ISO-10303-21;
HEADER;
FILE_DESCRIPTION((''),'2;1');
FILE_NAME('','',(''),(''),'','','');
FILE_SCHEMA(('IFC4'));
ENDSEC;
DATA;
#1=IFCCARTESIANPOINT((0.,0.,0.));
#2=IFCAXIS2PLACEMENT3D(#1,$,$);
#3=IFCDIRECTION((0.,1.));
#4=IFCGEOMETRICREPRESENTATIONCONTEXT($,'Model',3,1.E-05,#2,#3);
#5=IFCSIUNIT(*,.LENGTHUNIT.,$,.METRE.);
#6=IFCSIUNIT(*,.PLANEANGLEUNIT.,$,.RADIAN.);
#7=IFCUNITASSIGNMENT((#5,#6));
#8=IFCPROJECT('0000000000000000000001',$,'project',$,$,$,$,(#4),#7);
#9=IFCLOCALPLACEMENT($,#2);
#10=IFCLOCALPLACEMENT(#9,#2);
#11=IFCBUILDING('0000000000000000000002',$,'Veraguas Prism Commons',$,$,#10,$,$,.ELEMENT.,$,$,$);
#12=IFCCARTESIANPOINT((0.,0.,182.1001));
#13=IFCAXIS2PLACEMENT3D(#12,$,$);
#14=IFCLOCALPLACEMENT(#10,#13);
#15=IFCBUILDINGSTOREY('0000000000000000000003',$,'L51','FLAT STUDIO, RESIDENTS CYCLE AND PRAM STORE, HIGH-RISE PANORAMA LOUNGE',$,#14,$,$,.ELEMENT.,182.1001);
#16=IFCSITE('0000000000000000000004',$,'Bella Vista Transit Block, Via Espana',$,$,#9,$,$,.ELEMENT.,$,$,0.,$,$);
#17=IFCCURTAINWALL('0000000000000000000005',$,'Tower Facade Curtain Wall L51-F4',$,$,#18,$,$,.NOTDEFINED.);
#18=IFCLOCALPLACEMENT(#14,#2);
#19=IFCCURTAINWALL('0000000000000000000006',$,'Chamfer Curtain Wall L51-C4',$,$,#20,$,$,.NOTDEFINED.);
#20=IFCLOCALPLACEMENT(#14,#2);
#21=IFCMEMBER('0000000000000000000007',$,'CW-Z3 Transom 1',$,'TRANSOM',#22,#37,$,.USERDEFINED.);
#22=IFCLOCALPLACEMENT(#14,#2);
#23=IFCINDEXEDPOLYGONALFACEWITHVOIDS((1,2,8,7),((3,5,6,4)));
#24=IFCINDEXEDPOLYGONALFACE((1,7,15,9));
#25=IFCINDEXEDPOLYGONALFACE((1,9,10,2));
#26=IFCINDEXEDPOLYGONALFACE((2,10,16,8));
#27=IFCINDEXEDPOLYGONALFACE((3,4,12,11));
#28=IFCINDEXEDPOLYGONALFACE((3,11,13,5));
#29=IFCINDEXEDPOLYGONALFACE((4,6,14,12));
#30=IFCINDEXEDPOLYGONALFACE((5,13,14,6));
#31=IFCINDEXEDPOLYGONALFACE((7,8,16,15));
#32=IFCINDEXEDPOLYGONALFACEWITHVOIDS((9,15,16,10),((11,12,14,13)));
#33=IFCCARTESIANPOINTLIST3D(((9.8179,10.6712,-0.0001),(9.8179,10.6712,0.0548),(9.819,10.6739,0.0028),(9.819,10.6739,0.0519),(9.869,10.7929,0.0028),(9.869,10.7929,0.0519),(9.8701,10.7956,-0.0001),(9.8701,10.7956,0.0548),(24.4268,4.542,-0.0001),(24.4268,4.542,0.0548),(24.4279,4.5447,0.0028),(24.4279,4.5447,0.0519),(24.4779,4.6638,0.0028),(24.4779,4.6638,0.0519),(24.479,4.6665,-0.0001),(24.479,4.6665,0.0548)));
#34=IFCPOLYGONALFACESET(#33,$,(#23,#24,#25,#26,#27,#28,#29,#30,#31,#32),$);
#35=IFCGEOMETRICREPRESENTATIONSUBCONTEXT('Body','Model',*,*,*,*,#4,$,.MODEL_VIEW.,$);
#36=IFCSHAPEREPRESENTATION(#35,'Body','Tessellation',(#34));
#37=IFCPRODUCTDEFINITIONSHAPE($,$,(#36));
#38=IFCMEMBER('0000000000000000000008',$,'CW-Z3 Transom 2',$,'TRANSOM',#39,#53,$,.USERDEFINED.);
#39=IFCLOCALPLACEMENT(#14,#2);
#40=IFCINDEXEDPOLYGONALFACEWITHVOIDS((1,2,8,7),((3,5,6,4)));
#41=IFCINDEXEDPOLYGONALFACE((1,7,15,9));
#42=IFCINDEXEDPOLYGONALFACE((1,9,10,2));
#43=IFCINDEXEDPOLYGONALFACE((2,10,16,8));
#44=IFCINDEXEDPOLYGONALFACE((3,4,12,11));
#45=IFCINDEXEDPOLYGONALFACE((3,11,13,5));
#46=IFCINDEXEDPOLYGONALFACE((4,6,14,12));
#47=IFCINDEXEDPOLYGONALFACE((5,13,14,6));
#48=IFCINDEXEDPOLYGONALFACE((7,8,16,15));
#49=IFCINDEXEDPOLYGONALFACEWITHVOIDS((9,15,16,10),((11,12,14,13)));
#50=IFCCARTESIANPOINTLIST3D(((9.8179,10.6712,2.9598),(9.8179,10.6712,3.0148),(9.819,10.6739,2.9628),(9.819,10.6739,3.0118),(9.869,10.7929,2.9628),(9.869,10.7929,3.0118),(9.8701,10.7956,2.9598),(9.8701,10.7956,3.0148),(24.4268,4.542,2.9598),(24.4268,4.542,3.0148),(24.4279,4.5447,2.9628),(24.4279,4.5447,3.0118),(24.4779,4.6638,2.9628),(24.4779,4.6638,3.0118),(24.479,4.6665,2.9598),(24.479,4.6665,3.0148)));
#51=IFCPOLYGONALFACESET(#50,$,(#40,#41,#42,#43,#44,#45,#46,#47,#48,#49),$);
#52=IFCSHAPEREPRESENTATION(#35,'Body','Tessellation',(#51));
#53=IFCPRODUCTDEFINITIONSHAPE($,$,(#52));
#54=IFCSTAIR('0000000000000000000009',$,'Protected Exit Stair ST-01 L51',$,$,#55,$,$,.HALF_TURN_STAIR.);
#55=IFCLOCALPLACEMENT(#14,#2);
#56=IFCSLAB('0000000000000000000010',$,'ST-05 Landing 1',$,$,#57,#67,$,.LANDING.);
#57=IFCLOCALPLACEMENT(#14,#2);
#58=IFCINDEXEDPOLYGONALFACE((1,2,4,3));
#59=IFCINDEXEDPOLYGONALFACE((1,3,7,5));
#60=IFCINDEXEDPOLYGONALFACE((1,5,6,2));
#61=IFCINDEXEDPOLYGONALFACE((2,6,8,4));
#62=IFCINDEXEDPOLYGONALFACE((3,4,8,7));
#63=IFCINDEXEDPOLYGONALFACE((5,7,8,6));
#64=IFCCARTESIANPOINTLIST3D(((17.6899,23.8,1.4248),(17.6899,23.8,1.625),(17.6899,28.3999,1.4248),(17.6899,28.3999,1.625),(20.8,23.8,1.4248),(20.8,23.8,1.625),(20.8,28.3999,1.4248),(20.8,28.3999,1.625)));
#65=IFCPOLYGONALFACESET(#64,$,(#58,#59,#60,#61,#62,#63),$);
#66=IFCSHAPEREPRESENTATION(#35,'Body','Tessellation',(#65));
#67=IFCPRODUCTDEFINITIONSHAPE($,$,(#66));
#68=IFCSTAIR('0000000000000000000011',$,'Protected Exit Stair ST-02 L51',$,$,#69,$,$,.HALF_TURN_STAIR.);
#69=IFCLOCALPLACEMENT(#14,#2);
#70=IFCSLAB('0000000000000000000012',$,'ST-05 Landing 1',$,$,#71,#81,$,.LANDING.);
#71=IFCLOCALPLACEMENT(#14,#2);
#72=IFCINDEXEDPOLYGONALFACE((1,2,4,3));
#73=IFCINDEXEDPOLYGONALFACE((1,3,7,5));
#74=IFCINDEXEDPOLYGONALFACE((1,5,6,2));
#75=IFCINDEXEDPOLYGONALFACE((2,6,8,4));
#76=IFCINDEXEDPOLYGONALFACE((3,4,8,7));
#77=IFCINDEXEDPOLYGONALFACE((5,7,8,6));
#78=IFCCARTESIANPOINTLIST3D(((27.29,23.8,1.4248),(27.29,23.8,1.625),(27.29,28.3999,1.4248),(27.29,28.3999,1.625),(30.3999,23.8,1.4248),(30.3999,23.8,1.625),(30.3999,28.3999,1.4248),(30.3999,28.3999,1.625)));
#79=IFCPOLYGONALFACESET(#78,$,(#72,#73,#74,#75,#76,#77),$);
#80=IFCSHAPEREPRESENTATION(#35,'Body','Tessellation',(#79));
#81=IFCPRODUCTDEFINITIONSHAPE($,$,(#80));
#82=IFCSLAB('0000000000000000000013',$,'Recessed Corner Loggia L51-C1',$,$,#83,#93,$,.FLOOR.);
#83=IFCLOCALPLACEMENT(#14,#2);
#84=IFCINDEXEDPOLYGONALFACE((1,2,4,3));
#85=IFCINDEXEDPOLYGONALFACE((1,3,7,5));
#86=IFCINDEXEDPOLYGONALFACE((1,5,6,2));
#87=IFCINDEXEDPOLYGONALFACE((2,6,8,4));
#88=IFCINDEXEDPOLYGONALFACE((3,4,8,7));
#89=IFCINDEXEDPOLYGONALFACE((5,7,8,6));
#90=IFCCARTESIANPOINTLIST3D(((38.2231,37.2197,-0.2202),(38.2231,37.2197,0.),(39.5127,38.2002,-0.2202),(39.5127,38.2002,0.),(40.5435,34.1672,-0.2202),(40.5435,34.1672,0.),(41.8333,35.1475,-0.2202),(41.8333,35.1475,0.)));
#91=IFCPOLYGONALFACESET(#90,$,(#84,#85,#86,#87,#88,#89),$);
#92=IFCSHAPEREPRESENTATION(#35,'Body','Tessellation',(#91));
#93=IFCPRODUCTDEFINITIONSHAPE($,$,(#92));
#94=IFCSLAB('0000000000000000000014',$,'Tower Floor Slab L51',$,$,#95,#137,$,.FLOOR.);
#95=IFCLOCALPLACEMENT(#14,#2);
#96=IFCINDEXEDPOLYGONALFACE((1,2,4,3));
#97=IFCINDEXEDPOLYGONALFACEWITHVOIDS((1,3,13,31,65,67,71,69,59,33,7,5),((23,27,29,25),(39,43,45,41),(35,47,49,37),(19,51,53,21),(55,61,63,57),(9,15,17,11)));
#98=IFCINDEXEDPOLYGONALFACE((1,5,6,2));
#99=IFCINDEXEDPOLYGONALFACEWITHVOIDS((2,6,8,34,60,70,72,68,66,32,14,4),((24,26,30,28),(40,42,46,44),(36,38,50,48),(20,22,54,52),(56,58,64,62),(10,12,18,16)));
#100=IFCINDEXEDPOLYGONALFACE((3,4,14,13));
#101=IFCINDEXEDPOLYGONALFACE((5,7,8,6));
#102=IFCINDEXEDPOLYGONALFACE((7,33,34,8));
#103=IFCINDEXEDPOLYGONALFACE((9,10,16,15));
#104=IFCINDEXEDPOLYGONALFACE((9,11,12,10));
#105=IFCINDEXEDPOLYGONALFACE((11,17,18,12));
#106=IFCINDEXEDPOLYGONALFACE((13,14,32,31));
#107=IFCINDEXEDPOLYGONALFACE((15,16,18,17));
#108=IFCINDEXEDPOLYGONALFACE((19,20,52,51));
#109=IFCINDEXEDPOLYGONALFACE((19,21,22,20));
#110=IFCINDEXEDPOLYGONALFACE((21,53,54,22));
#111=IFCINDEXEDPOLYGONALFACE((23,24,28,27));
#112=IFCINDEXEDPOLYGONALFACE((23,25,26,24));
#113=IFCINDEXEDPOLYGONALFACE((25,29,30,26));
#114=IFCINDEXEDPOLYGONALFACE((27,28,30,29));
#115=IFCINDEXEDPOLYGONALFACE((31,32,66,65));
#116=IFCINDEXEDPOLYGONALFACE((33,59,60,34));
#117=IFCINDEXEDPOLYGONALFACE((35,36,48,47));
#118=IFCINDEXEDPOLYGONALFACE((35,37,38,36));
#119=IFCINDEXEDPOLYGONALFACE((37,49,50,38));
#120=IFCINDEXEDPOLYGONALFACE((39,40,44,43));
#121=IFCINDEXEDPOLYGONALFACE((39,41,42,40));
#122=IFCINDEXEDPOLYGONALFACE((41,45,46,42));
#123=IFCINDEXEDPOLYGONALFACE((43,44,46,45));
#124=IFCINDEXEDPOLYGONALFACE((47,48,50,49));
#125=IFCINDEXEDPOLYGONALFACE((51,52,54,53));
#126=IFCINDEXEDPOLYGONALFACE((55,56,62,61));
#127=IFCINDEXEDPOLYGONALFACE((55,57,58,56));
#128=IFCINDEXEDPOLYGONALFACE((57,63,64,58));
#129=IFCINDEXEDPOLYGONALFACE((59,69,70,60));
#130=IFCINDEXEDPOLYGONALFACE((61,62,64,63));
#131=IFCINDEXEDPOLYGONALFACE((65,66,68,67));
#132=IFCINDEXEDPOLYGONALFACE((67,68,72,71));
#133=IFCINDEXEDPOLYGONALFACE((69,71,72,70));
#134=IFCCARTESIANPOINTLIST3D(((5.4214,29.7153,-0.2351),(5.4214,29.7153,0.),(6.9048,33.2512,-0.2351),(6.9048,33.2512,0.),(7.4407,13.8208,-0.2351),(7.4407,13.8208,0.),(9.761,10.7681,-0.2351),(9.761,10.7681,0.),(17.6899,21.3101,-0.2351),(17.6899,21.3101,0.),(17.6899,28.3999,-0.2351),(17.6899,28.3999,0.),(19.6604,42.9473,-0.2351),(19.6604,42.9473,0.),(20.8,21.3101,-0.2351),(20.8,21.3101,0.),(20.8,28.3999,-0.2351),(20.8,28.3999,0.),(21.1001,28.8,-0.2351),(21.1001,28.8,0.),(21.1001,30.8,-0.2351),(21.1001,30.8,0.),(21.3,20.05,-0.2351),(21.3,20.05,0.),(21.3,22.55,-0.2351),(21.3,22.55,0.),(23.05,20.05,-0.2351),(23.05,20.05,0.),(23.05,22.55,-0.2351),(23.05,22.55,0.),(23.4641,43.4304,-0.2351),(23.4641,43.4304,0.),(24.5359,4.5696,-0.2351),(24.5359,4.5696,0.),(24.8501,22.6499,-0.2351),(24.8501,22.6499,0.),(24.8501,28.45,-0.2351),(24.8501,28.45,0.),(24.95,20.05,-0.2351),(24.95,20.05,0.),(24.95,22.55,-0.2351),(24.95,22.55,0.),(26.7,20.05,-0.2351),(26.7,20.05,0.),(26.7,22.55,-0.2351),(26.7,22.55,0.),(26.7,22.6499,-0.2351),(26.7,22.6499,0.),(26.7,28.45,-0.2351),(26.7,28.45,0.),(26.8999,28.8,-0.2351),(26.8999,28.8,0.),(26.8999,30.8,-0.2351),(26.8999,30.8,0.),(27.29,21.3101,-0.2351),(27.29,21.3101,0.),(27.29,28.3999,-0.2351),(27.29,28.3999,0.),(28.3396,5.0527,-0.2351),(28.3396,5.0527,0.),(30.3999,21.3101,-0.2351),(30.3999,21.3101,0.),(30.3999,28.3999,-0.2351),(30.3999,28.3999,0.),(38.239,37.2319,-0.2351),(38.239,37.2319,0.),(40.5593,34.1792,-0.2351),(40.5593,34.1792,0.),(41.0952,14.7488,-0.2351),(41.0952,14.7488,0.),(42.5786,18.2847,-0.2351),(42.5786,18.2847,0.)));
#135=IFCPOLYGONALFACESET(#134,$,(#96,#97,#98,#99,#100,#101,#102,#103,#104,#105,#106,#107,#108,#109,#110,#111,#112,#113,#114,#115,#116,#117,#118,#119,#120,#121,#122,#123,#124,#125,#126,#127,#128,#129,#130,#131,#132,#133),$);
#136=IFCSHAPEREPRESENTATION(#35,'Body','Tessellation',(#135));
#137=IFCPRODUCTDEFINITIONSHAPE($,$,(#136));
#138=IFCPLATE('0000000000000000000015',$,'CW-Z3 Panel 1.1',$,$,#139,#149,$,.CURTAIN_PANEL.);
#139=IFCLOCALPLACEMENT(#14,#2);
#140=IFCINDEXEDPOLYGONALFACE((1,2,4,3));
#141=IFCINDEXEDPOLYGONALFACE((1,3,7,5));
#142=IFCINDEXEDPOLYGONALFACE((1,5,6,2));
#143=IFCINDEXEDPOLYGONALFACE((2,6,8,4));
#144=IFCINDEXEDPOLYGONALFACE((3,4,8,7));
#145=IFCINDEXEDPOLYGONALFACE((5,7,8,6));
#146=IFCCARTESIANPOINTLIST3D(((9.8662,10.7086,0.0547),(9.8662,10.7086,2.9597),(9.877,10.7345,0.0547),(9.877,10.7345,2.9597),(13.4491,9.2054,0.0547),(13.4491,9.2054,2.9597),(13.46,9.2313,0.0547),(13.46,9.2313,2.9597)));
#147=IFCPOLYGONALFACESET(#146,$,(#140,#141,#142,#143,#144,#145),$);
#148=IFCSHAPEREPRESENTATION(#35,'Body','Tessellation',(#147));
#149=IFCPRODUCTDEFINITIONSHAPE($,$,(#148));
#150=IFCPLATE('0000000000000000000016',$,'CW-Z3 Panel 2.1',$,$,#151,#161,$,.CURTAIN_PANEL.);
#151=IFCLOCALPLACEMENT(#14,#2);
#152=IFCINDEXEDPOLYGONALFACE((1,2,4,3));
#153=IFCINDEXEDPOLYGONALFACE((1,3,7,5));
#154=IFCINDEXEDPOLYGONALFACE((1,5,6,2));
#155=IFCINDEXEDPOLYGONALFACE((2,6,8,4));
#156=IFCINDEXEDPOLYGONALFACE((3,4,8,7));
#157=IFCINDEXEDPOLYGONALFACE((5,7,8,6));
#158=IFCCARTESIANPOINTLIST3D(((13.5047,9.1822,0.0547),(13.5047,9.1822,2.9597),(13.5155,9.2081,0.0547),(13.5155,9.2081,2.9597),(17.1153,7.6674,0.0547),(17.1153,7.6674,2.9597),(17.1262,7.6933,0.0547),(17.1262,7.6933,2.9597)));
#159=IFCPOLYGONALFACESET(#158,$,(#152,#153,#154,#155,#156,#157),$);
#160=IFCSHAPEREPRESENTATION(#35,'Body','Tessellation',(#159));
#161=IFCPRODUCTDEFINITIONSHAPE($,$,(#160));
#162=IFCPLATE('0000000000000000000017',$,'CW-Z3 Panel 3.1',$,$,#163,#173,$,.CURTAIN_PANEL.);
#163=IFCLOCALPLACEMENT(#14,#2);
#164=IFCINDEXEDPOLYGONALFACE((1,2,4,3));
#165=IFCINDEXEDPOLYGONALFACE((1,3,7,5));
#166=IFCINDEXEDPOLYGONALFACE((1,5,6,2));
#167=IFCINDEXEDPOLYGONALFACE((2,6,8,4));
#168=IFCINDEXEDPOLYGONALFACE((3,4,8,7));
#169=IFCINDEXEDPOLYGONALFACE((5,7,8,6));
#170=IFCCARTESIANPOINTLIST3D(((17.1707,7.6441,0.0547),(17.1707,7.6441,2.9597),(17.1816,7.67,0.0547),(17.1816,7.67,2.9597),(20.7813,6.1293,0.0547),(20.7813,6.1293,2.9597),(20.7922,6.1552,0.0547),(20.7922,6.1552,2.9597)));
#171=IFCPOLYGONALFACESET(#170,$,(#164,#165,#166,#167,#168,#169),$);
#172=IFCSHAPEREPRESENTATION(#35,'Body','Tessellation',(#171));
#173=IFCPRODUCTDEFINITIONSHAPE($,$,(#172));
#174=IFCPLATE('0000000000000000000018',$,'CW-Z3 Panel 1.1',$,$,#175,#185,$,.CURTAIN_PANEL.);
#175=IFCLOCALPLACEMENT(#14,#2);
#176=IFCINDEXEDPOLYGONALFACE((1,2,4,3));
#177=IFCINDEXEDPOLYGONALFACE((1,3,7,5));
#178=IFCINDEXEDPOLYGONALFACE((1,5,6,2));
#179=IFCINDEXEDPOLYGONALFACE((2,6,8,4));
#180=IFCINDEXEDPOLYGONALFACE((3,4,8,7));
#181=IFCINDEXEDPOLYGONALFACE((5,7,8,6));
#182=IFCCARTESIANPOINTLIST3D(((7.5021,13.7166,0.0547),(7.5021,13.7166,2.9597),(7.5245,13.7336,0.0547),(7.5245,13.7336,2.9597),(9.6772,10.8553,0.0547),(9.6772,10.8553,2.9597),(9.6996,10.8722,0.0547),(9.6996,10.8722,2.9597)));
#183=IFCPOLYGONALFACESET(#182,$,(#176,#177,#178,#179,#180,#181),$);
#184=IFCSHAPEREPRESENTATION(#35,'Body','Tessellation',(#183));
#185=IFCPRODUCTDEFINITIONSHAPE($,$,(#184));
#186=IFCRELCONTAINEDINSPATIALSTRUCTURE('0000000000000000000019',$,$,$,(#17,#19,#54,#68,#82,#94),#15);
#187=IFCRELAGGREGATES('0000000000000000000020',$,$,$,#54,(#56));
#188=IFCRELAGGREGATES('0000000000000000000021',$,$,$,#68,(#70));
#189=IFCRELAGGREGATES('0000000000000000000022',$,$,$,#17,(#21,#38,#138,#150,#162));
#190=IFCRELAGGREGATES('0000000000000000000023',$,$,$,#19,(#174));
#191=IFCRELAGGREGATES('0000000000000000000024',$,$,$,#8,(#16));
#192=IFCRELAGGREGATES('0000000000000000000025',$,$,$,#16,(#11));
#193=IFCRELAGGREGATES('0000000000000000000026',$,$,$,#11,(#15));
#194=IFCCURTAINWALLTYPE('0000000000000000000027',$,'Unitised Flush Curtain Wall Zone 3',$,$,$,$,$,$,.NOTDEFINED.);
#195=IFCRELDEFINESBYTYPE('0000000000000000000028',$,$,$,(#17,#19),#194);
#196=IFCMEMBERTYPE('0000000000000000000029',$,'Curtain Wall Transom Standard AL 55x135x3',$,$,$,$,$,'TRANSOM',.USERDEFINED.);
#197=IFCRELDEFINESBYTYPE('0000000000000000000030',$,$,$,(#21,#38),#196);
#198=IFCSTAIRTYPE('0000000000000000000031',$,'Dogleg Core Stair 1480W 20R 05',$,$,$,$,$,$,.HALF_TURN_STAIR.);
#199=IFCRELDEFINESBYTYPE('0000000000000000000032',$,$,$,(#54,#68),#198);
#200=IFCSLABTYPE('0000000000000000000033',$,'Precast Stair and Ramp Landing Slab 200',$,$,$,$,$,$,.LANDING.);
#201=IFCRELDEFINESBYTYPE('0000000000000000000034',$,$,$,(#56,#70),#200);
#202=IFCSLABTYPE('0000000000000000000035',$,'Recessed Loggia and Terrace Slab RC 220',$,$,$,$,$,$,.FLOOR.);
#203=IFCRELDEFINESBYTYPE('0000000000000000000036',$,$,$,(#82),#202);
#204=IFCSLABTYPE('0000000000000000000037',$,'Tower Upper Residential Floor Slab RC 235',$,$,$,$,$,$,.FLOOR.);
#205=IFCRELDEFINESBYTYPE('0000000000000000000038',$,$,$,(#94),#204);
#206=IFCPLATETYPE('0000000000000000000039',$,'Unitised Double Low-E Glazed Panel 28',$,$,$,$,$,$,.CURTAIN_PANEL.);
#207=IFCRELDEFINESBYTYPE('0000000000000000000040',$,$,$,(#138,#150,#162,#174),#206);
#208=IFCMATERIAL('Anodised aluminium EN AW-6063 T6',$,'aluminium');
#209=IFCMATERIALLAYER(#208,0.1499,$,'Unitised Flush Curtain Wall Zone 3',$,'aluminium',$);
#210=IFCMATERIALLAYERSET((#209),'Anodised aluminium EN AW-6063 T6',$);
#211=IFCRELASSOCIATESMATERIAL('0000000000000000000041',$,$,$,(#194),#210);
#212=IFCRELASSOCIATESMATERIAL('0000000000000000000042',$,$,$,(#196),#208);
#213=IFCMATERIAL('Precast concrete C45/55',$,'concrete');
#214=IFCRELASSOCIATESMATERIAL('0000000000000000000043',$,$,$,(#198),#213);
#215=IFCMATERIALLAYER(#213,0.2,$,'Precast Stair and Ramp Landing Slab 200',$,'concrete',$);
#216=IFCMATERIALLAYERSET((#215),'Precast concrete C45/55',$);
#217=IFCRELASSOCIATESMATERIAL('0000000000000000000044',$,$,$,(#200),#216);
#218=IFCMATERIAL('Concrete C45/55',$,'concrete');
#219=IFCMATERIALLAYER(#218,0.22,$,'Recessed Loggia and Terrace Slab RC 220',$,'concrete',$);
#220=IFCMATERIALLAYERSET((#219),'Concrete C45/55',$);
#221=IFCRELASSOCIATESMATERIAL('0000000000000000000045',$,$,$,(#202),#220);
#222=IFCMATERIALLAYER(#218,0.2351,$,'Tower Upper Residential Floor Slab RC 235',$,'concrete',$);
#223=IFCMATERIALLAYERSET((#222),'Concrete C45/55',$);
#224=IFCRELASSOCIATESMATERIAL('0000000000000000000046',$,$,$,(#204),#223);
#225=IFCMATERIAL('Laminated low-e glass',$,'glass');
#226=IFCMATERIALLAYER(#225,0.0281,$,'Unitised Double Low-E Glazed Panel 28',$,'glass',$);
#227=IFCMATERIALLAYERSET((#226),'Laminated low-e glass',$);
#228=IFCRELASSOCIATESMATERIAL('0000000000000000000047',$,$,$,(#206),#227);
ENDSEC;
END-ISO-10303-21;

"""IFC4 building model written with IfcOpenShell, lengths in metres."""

from ifc_helpers import new_model, si_unit, direction, frame, origin, origin_2d, place, context, subcontext, project, spatial, polyline, rectangle, hollow_rectangle, outline, extrude, source, transform, mapped, material, layer, layer_set, material_profile, profile_set, type_object, element, aggregate, save


model = new_model("IFC4")

# Units and contexts
model_context = context("Model", 3, precision=1e-05, world=origin(), true_north=direction((0.0, 1.0)))
body_context = subcontext(model_context, "Body", "Model", "MODEL_VIEW")
ifc_project = project(units=[si_unit("LENGTHUNIT", "METRE"), si_unit("PLANEANGLEUNIT", "RADIAN")], contexts=[model_context])

# Site, building, storey
site_placement = place(None, origin())
site = spatial("IfcSite", under=ifc_project, at=site_placement, Name="Bella Vista Transit Block, Via Espana", CompositionType="ELEMENT", RefElevation=0.0)
building_placement = place(site_placement, origin())
building = spatial("IfcBuilding", under=site, at=building_placement, Name="Veraguas Prism Commons", CompositionType="ELEMENT")
storey_placement = place(building_placement, frame((0.0, 0.0, 182.1001)))
storey = spatial("IfcBuildingStorey", under=building, at=storey_placement, Name="L51", Description="FLAT STUDIO, RESIDENTS CYCLE AND PRAM STORE, HIGH-RISE PANORAMA LOUNGE", CompositionType="ELEMENT", Elevation=182.1001)

# Curtain walls
ifc_material_1 = material(Name="Anodised aluminium EN AW-6063 T6", Category="aluminium")
ifc_layer_1 = layer(ifc_material_1, 0.1499, Name="Unitised Flush Curtain Wall Zone 3", Category="aluminium")
ifc_layer_set_1 = layer_set([ifc_layer_1], Name="Anodised aluminium EN AW-6063 T6")
curtain_wall_type = type_object("IfcCurtainWallType", Name="Unitised Flush Curtain Wall Zone 3", PredefinedType="NOTDEFINED", material=ifc_layer_set_1)
curtain_wall_1_placement = place(storey_placement, origin())
curtain_wall_1 = element("IfcCurtainWall", 1, at=curtain_wall_1_placement, inside=storey, type_object=curtain_wall_type, Name="Tower Facade Curtain Wall L51-F4", PredefinedType="NOTDEFINED")
curtain_wall_2_placement = place(storey_placement, origin())
curtain_wall_2 = element("IfcCurtainWall", 2, at=curtain_wall_2_placement, inside=storey, type_object=curtain_wall_type, Name="Chamfer Curtain Wall L51-C4", PredefinedType="NOTDEFINED")

# Members
ifc_material_profile_1 = material_profile(ifc_material_1, hollow_rectangle(XDim=0.0549, YDim=0.135, WallThickness=0.0029, at=origin_2d()), Name="AL55X135X3")
ifc_profile_set_1 = profile_set([ifc_material_profile_1], Name="Anodised aluminium EN AW-6063 T6")
member_type_1 = type_object("IfcMemberType", Name="Curtain Wall Transom Standard AL 55x135x3", ElementType="TRANSOM", PredefinedType="USERDEFINED", material=ifc_profile_set_1)
shared_shape_1 = source(origin(), body_context, "Body", "SweptSolid", [
    extrude(hollow_rectangle(XDim=0.0549, YDim=0.135, WallThickness=0.0029, at=origin_2d()), origin(), (0.0, 0.0, 1.0), 15.8425),
])
member_1_placement = place(storey_placement, frame((9.844, 10.7334, 0.0273), z_axis=(0.92213, -0.386879, 0.0), x_axis=(0.0, 0.0, 1.0)))
member_1 = element("IfcMember", 3, at=member_1_placement, type_object=member_type_1, Name="CW-Z3 Transom 1", ObjectType="TRANSOM", PredefinedType="USERDEFINED", context=body_context, shape_type="MappedRepresentation", body=[
    mapped(shared_shape_1, transform((0.0, 0.0, 0.0), scale=1.0)),
])
member_2_placement = place(storey_placement, frame((9.844, 10.7334, 2.9873), z_axis=(0.92213, -0.386879, 0.0), x_axis=(0.0, 0.0, 1.0)))
member_2 = element("IfcMember", 4, at=member_2_placement, type_object=member_type_1, Name="CW-Z3 Transom 2", ObjectType="TRANSOM", PredefinedType="USERDEFINED", context=body_context, shape_type="MappedRepresentation", body=[
    mapped(shared_shape_1, transform((0.0, 0.0, 0.0), scale=1.0)),
])

# Stairs, slabs
ifc_material_2 = material(Name="Precast concrete C45/55", Category="concrete")
stair_type = type_object("IfcStairType", Name="Dogleg Core Stair 1480W 20R 05", PredefinedType="HALF_TURN_STAIR", material=ifc_material_2)
stair_1_placement = place(storey_placement, origin())
stair_1 = element("IfcStair", 5, at=stair_1_placement, inside=storey, type_object=stair_type, Name="Protected Exit Stair ST-01 L51", PredefinedType="HALF_TURN_STAIR")
ifc_layer_2 = layer(ifc_material_2, 0.2, Name="Precast Stair and Ramp Landing Slab 200", Category="concrete")
ifc_layer_set_2 = layer_set([ifc_layer_2], Name="Precast concrete C45/55")
slab_type_1 = type_object("IfcSlabType", Name="Precast Stair and Ramp Landing Slab 200", PredefinedType="LANDING", material=ifc_layer_set_2)
slab_1_placement = place(storey_placement, frame((0.0, 0.0, 1.4248)))
slab_1 = element("IfcSlab", 6, at=slab_1_placement, type_object=slab_type_1, Name="ST-05 Landing 1", PredefinedType="LANDING", context=body_context, shape_type="SweptSolid", body=[
    extrude(outline(polyline([(20.8, 23.8), (20.8, 28.3999), (17.6899, 28.3999), (17.6899, 23.8), (20.8, 23.8)])), origin(), (0.0, 0.0, 1.0), 0.2002),
])
aggregate(stair_1, [slab_1])
stair_2_placement = place(storey_placement, origin())
stair_2 = element("IfcStair", 7, at=stair_2_placement, inside=storey, type_object=stair_type, Name="Protected Exit Stair ST-02 L51", PredefinedType="HALF_TURN_STAIR")
slab_2_placement = place(storey_placement, frame((0.0, 0.0, 1.4248)))
slab_2 = element("IfcSlab", 8, at=slab_2_placement, type_object=slab_type_1, Name="ST-05 Landing 1", PredefinedType="LANDING", context=body_context, shape_type="SweptSolid", body=[
    extrude(outline(polyline([(30.3999, 23.8), (30.3999, 28.3999), (27.29, 28.3999), (27.29, 23.8), (30.3999, 23.8)])), origin(), (0.0, 0.0, 1.0), 0.2002),
])
aggregate(stair_2, [slab_2])

# Slabs
ifc_material_3 = material(Name="Concrete C45/55", Category="concrete")
ifc_layer_3 = layer(ifc_material_3, 0.22, Name="Recessed Loggia and Terrace Slab RC 220", Category="concrete")
ifc_layer_set_3 = layer_set([ifc_layer_3], Name="Concrete C45/55")
slab_type_2 = type_object("IfcSlabType", Name="Recessed Loggia and Terrace Slab RC 220", PredefinedType="FLOOR", material=ifc_layer_set_3)
slab_3_placement = place(storey_placement, frame((0.0, 0.0, -0.2202)))
element("IfcSlab", 9, at=slab_3_placement, inside=storey, type_object=slab_type_2, Name="Recessed Corner Loggia L51-C1", PredefinedType="FLOOR", context=body_context, shape_type="SweptSolid", body=[
    extrude(outline(polyline([(40.5435, 34.1672), (41.8333, 35.1475), (39.5127, 38.2002), (38.2231, 37.2197), (40.5435, 34.1672)])), origin(), (0.0, 0.0, 1.0), 0.2202),
])
ifc_layer_4 = layer(ifc_material_3, 0.2351, Name="Tower Upper Residential Floor Slab RC 235", Category="concrete")
ifc_layer_set_4 = layer_set([ifc_layer_4], Name="Concrete C45/55")
slab_type_3 = type_object("IfcSlabType", Name="Tower Upper Residential Floor Slab RC 235", PredefinedType="FLOOR", material=ifc_layer_set_4)
slab_4_placement = place(storey_placement, frame((0.0, 0.0, -0.2351)))
element("IfcSlab", 10, at=slab_4_placement, inside=storey, type_object=slab_type_3, Name="Tower Floor Slab L51", PredefinedType="FLOOR", context=body_context, shape_type="SweptSolid", body=[
    extrude(outline(polyline([(40.5593, 34.1792), (38.239, 37.2319), (23.4641, 43.4304), (19.6604, 42.9473), (6.9048, 33.2512), (5.4214, 29.7153), (7.4407, 13.8208), (9.761, 10.7681), (24.5359, 4.5696), (28.3396, 5.0527), (41.0952, 14.7488), (42.5786, 18.2847), (40.5593, 34.1792)]), holes=[polyline([(20.8, 21.3101), (20.8, 28.3999), (17.6899, 28.3999), (17.6899, 21.3101), (20.8, 21.3101)]), polyline([(30.3999, 21.3101), (30.3999, 28.3999), (27.29, 28.3999), (27.29, 21.3101), (30.3999, 21.3101)]), polyline([(24.8501, 22.6499), (26.7, 22.6499), (26.7, 28.45), (24.8501, 28.45), (24.8501, 22.6499)]), polyline([(21.1001, 28.8), (26.8999, 28.8), (26.8999, 30.8), (21.1001, 30.8), (21.1001, 28.8)]), polyline([(21.3, 20.05), (23.05, 20.05), (23.05, 22.55), (21.3, 22.55), (21.3, 20.05)]), polyline([(24.95, 20.05), (26.7, 20.05), (26.7, 22.55), (24.95, 22.55), (24.95, 20.05)])]), origin(), (0.0, 0.0, 1.0), 0.2351),
])

# Plates
ifc_material_4 = material(Name="Laminated low-e glass", Category="glass")
ifc_layer_5 = layer(ifc_material_4, 0.0281, Name="Unitised Double Low-E Glazed Panel 28", Category="glass")
ifc_layer_set_5 = layer_set([ifc_layer_5], Name="Laminated low-e glass")
plate_type = type_object("IfcPlateType", Name="Unitised Double Low-E Glazed Panel 28", PredefinedType="CURTAIN_PANEL", material=ifc_layer_set_5)
shared_shape_2 = source(origin(), body_context, "Body", "SweptSolid", [
    extrude(rectangle(XDim=3.8855, YDim=0.0281, at=origin_2d()), origin(), (0.0, 0.0, 1.0), 2.905),
])
plate_1_placement = place(storey_placement, frame((11.6631, 9.97, 0.0547), z_axis=(0.0, 0.0, 1.0), x_axis=(0.922134, -0.38687, 0.0)))
plate_1 = element("IfcPlate", 11, at=plate_1_placement, type_object=plate_type, Name="CW-Z3 Panel 1.1", PredefinedType="CURTAIN_PANEL", context=body_context, shape_type="MappedRepresentation", body=[
    mapped(shared_shape_2, transform((0.0, 0.0, 0.0), scale=1.0)),
])
shared_shape_3 = source(origin(), body_context, "Body", "SweptSolid", [
    extrude(rectangle(XDim=3.9155, YDim=0.0281, at=origin_2d()), origin(), (0.0, 0.0, 1.0), 2.905),
])
plate_2_placement = place(storey_placement, frame((15.3154, 8.4377, 0.0547), z_axis=(0.0, 0.0, 1.0), x_axis=(0.922134, -0.38687, 0.0)))
plate_2 = element("IfcPlate", 12, at=plate_2_placement, type_object=plate_type, Name="CW-Z3 Panel 2.1", PredefinedType="CURTAIN_PANEL", context=body_context, shape_type="MappedRepresentation", body=[
    mapped(shared_shape_3, transform((0.0, 0.0, 0.0), scale=1.0)),
])
plate_3_placement = place(storey_placement, frame((18.9814, 6.8997, 0.0547), z_axis=(0.0, 0.0, 1.0), x_axis=(0.922134, -0.38687, 0.0)))
plate_3 = element("IfcPlate", 13, at=plate_3_placement, type_object=plate_type, Name="CW-Z3 Panel 3.1", PredefinedType="CURTAIN_PANEL", context=body_context, shape_type="MappedRepresentation", body=[
    mapped(shared_shape_3, transform((0.0, 0.0, 0.0), scale=1.0)),
])
aggregate(curtain_wall_1, [member_1, member_2, plate_1, plate_2, plate_3])
shared_shape_4 = source(origin(), body_context, "Body", "SweptSolid", [
    extrude(rectangle(XDim=3.5942, YDim=0.0281, at=origin_2d()), origin(), (0.0, 0.0, 1.0), 2.905),
])
plate_4_placement = place(storey_placement, frame((8.6008, 12.2944, 0.0547), z_axis=(0.0, 0.0, 1.0), x_axis=(0.605165, -0.7961, 0.0)))
plate_4 = element("IfcPlate", 14, at=plate_4_placement, type_object=plate_type, Name="CW-Z3 Panel 1.1", PredefinedType="CURTAIN_PANEL", context=body_context, shape_type="MappedRepresentation", body=[
    mapped(shared_shape_4, transform((0.0, 0.0, 0.0), scale=1.0)),
])
aggregate(curtain_wall_2, [plate_4])

save(model, "model.ifc")
